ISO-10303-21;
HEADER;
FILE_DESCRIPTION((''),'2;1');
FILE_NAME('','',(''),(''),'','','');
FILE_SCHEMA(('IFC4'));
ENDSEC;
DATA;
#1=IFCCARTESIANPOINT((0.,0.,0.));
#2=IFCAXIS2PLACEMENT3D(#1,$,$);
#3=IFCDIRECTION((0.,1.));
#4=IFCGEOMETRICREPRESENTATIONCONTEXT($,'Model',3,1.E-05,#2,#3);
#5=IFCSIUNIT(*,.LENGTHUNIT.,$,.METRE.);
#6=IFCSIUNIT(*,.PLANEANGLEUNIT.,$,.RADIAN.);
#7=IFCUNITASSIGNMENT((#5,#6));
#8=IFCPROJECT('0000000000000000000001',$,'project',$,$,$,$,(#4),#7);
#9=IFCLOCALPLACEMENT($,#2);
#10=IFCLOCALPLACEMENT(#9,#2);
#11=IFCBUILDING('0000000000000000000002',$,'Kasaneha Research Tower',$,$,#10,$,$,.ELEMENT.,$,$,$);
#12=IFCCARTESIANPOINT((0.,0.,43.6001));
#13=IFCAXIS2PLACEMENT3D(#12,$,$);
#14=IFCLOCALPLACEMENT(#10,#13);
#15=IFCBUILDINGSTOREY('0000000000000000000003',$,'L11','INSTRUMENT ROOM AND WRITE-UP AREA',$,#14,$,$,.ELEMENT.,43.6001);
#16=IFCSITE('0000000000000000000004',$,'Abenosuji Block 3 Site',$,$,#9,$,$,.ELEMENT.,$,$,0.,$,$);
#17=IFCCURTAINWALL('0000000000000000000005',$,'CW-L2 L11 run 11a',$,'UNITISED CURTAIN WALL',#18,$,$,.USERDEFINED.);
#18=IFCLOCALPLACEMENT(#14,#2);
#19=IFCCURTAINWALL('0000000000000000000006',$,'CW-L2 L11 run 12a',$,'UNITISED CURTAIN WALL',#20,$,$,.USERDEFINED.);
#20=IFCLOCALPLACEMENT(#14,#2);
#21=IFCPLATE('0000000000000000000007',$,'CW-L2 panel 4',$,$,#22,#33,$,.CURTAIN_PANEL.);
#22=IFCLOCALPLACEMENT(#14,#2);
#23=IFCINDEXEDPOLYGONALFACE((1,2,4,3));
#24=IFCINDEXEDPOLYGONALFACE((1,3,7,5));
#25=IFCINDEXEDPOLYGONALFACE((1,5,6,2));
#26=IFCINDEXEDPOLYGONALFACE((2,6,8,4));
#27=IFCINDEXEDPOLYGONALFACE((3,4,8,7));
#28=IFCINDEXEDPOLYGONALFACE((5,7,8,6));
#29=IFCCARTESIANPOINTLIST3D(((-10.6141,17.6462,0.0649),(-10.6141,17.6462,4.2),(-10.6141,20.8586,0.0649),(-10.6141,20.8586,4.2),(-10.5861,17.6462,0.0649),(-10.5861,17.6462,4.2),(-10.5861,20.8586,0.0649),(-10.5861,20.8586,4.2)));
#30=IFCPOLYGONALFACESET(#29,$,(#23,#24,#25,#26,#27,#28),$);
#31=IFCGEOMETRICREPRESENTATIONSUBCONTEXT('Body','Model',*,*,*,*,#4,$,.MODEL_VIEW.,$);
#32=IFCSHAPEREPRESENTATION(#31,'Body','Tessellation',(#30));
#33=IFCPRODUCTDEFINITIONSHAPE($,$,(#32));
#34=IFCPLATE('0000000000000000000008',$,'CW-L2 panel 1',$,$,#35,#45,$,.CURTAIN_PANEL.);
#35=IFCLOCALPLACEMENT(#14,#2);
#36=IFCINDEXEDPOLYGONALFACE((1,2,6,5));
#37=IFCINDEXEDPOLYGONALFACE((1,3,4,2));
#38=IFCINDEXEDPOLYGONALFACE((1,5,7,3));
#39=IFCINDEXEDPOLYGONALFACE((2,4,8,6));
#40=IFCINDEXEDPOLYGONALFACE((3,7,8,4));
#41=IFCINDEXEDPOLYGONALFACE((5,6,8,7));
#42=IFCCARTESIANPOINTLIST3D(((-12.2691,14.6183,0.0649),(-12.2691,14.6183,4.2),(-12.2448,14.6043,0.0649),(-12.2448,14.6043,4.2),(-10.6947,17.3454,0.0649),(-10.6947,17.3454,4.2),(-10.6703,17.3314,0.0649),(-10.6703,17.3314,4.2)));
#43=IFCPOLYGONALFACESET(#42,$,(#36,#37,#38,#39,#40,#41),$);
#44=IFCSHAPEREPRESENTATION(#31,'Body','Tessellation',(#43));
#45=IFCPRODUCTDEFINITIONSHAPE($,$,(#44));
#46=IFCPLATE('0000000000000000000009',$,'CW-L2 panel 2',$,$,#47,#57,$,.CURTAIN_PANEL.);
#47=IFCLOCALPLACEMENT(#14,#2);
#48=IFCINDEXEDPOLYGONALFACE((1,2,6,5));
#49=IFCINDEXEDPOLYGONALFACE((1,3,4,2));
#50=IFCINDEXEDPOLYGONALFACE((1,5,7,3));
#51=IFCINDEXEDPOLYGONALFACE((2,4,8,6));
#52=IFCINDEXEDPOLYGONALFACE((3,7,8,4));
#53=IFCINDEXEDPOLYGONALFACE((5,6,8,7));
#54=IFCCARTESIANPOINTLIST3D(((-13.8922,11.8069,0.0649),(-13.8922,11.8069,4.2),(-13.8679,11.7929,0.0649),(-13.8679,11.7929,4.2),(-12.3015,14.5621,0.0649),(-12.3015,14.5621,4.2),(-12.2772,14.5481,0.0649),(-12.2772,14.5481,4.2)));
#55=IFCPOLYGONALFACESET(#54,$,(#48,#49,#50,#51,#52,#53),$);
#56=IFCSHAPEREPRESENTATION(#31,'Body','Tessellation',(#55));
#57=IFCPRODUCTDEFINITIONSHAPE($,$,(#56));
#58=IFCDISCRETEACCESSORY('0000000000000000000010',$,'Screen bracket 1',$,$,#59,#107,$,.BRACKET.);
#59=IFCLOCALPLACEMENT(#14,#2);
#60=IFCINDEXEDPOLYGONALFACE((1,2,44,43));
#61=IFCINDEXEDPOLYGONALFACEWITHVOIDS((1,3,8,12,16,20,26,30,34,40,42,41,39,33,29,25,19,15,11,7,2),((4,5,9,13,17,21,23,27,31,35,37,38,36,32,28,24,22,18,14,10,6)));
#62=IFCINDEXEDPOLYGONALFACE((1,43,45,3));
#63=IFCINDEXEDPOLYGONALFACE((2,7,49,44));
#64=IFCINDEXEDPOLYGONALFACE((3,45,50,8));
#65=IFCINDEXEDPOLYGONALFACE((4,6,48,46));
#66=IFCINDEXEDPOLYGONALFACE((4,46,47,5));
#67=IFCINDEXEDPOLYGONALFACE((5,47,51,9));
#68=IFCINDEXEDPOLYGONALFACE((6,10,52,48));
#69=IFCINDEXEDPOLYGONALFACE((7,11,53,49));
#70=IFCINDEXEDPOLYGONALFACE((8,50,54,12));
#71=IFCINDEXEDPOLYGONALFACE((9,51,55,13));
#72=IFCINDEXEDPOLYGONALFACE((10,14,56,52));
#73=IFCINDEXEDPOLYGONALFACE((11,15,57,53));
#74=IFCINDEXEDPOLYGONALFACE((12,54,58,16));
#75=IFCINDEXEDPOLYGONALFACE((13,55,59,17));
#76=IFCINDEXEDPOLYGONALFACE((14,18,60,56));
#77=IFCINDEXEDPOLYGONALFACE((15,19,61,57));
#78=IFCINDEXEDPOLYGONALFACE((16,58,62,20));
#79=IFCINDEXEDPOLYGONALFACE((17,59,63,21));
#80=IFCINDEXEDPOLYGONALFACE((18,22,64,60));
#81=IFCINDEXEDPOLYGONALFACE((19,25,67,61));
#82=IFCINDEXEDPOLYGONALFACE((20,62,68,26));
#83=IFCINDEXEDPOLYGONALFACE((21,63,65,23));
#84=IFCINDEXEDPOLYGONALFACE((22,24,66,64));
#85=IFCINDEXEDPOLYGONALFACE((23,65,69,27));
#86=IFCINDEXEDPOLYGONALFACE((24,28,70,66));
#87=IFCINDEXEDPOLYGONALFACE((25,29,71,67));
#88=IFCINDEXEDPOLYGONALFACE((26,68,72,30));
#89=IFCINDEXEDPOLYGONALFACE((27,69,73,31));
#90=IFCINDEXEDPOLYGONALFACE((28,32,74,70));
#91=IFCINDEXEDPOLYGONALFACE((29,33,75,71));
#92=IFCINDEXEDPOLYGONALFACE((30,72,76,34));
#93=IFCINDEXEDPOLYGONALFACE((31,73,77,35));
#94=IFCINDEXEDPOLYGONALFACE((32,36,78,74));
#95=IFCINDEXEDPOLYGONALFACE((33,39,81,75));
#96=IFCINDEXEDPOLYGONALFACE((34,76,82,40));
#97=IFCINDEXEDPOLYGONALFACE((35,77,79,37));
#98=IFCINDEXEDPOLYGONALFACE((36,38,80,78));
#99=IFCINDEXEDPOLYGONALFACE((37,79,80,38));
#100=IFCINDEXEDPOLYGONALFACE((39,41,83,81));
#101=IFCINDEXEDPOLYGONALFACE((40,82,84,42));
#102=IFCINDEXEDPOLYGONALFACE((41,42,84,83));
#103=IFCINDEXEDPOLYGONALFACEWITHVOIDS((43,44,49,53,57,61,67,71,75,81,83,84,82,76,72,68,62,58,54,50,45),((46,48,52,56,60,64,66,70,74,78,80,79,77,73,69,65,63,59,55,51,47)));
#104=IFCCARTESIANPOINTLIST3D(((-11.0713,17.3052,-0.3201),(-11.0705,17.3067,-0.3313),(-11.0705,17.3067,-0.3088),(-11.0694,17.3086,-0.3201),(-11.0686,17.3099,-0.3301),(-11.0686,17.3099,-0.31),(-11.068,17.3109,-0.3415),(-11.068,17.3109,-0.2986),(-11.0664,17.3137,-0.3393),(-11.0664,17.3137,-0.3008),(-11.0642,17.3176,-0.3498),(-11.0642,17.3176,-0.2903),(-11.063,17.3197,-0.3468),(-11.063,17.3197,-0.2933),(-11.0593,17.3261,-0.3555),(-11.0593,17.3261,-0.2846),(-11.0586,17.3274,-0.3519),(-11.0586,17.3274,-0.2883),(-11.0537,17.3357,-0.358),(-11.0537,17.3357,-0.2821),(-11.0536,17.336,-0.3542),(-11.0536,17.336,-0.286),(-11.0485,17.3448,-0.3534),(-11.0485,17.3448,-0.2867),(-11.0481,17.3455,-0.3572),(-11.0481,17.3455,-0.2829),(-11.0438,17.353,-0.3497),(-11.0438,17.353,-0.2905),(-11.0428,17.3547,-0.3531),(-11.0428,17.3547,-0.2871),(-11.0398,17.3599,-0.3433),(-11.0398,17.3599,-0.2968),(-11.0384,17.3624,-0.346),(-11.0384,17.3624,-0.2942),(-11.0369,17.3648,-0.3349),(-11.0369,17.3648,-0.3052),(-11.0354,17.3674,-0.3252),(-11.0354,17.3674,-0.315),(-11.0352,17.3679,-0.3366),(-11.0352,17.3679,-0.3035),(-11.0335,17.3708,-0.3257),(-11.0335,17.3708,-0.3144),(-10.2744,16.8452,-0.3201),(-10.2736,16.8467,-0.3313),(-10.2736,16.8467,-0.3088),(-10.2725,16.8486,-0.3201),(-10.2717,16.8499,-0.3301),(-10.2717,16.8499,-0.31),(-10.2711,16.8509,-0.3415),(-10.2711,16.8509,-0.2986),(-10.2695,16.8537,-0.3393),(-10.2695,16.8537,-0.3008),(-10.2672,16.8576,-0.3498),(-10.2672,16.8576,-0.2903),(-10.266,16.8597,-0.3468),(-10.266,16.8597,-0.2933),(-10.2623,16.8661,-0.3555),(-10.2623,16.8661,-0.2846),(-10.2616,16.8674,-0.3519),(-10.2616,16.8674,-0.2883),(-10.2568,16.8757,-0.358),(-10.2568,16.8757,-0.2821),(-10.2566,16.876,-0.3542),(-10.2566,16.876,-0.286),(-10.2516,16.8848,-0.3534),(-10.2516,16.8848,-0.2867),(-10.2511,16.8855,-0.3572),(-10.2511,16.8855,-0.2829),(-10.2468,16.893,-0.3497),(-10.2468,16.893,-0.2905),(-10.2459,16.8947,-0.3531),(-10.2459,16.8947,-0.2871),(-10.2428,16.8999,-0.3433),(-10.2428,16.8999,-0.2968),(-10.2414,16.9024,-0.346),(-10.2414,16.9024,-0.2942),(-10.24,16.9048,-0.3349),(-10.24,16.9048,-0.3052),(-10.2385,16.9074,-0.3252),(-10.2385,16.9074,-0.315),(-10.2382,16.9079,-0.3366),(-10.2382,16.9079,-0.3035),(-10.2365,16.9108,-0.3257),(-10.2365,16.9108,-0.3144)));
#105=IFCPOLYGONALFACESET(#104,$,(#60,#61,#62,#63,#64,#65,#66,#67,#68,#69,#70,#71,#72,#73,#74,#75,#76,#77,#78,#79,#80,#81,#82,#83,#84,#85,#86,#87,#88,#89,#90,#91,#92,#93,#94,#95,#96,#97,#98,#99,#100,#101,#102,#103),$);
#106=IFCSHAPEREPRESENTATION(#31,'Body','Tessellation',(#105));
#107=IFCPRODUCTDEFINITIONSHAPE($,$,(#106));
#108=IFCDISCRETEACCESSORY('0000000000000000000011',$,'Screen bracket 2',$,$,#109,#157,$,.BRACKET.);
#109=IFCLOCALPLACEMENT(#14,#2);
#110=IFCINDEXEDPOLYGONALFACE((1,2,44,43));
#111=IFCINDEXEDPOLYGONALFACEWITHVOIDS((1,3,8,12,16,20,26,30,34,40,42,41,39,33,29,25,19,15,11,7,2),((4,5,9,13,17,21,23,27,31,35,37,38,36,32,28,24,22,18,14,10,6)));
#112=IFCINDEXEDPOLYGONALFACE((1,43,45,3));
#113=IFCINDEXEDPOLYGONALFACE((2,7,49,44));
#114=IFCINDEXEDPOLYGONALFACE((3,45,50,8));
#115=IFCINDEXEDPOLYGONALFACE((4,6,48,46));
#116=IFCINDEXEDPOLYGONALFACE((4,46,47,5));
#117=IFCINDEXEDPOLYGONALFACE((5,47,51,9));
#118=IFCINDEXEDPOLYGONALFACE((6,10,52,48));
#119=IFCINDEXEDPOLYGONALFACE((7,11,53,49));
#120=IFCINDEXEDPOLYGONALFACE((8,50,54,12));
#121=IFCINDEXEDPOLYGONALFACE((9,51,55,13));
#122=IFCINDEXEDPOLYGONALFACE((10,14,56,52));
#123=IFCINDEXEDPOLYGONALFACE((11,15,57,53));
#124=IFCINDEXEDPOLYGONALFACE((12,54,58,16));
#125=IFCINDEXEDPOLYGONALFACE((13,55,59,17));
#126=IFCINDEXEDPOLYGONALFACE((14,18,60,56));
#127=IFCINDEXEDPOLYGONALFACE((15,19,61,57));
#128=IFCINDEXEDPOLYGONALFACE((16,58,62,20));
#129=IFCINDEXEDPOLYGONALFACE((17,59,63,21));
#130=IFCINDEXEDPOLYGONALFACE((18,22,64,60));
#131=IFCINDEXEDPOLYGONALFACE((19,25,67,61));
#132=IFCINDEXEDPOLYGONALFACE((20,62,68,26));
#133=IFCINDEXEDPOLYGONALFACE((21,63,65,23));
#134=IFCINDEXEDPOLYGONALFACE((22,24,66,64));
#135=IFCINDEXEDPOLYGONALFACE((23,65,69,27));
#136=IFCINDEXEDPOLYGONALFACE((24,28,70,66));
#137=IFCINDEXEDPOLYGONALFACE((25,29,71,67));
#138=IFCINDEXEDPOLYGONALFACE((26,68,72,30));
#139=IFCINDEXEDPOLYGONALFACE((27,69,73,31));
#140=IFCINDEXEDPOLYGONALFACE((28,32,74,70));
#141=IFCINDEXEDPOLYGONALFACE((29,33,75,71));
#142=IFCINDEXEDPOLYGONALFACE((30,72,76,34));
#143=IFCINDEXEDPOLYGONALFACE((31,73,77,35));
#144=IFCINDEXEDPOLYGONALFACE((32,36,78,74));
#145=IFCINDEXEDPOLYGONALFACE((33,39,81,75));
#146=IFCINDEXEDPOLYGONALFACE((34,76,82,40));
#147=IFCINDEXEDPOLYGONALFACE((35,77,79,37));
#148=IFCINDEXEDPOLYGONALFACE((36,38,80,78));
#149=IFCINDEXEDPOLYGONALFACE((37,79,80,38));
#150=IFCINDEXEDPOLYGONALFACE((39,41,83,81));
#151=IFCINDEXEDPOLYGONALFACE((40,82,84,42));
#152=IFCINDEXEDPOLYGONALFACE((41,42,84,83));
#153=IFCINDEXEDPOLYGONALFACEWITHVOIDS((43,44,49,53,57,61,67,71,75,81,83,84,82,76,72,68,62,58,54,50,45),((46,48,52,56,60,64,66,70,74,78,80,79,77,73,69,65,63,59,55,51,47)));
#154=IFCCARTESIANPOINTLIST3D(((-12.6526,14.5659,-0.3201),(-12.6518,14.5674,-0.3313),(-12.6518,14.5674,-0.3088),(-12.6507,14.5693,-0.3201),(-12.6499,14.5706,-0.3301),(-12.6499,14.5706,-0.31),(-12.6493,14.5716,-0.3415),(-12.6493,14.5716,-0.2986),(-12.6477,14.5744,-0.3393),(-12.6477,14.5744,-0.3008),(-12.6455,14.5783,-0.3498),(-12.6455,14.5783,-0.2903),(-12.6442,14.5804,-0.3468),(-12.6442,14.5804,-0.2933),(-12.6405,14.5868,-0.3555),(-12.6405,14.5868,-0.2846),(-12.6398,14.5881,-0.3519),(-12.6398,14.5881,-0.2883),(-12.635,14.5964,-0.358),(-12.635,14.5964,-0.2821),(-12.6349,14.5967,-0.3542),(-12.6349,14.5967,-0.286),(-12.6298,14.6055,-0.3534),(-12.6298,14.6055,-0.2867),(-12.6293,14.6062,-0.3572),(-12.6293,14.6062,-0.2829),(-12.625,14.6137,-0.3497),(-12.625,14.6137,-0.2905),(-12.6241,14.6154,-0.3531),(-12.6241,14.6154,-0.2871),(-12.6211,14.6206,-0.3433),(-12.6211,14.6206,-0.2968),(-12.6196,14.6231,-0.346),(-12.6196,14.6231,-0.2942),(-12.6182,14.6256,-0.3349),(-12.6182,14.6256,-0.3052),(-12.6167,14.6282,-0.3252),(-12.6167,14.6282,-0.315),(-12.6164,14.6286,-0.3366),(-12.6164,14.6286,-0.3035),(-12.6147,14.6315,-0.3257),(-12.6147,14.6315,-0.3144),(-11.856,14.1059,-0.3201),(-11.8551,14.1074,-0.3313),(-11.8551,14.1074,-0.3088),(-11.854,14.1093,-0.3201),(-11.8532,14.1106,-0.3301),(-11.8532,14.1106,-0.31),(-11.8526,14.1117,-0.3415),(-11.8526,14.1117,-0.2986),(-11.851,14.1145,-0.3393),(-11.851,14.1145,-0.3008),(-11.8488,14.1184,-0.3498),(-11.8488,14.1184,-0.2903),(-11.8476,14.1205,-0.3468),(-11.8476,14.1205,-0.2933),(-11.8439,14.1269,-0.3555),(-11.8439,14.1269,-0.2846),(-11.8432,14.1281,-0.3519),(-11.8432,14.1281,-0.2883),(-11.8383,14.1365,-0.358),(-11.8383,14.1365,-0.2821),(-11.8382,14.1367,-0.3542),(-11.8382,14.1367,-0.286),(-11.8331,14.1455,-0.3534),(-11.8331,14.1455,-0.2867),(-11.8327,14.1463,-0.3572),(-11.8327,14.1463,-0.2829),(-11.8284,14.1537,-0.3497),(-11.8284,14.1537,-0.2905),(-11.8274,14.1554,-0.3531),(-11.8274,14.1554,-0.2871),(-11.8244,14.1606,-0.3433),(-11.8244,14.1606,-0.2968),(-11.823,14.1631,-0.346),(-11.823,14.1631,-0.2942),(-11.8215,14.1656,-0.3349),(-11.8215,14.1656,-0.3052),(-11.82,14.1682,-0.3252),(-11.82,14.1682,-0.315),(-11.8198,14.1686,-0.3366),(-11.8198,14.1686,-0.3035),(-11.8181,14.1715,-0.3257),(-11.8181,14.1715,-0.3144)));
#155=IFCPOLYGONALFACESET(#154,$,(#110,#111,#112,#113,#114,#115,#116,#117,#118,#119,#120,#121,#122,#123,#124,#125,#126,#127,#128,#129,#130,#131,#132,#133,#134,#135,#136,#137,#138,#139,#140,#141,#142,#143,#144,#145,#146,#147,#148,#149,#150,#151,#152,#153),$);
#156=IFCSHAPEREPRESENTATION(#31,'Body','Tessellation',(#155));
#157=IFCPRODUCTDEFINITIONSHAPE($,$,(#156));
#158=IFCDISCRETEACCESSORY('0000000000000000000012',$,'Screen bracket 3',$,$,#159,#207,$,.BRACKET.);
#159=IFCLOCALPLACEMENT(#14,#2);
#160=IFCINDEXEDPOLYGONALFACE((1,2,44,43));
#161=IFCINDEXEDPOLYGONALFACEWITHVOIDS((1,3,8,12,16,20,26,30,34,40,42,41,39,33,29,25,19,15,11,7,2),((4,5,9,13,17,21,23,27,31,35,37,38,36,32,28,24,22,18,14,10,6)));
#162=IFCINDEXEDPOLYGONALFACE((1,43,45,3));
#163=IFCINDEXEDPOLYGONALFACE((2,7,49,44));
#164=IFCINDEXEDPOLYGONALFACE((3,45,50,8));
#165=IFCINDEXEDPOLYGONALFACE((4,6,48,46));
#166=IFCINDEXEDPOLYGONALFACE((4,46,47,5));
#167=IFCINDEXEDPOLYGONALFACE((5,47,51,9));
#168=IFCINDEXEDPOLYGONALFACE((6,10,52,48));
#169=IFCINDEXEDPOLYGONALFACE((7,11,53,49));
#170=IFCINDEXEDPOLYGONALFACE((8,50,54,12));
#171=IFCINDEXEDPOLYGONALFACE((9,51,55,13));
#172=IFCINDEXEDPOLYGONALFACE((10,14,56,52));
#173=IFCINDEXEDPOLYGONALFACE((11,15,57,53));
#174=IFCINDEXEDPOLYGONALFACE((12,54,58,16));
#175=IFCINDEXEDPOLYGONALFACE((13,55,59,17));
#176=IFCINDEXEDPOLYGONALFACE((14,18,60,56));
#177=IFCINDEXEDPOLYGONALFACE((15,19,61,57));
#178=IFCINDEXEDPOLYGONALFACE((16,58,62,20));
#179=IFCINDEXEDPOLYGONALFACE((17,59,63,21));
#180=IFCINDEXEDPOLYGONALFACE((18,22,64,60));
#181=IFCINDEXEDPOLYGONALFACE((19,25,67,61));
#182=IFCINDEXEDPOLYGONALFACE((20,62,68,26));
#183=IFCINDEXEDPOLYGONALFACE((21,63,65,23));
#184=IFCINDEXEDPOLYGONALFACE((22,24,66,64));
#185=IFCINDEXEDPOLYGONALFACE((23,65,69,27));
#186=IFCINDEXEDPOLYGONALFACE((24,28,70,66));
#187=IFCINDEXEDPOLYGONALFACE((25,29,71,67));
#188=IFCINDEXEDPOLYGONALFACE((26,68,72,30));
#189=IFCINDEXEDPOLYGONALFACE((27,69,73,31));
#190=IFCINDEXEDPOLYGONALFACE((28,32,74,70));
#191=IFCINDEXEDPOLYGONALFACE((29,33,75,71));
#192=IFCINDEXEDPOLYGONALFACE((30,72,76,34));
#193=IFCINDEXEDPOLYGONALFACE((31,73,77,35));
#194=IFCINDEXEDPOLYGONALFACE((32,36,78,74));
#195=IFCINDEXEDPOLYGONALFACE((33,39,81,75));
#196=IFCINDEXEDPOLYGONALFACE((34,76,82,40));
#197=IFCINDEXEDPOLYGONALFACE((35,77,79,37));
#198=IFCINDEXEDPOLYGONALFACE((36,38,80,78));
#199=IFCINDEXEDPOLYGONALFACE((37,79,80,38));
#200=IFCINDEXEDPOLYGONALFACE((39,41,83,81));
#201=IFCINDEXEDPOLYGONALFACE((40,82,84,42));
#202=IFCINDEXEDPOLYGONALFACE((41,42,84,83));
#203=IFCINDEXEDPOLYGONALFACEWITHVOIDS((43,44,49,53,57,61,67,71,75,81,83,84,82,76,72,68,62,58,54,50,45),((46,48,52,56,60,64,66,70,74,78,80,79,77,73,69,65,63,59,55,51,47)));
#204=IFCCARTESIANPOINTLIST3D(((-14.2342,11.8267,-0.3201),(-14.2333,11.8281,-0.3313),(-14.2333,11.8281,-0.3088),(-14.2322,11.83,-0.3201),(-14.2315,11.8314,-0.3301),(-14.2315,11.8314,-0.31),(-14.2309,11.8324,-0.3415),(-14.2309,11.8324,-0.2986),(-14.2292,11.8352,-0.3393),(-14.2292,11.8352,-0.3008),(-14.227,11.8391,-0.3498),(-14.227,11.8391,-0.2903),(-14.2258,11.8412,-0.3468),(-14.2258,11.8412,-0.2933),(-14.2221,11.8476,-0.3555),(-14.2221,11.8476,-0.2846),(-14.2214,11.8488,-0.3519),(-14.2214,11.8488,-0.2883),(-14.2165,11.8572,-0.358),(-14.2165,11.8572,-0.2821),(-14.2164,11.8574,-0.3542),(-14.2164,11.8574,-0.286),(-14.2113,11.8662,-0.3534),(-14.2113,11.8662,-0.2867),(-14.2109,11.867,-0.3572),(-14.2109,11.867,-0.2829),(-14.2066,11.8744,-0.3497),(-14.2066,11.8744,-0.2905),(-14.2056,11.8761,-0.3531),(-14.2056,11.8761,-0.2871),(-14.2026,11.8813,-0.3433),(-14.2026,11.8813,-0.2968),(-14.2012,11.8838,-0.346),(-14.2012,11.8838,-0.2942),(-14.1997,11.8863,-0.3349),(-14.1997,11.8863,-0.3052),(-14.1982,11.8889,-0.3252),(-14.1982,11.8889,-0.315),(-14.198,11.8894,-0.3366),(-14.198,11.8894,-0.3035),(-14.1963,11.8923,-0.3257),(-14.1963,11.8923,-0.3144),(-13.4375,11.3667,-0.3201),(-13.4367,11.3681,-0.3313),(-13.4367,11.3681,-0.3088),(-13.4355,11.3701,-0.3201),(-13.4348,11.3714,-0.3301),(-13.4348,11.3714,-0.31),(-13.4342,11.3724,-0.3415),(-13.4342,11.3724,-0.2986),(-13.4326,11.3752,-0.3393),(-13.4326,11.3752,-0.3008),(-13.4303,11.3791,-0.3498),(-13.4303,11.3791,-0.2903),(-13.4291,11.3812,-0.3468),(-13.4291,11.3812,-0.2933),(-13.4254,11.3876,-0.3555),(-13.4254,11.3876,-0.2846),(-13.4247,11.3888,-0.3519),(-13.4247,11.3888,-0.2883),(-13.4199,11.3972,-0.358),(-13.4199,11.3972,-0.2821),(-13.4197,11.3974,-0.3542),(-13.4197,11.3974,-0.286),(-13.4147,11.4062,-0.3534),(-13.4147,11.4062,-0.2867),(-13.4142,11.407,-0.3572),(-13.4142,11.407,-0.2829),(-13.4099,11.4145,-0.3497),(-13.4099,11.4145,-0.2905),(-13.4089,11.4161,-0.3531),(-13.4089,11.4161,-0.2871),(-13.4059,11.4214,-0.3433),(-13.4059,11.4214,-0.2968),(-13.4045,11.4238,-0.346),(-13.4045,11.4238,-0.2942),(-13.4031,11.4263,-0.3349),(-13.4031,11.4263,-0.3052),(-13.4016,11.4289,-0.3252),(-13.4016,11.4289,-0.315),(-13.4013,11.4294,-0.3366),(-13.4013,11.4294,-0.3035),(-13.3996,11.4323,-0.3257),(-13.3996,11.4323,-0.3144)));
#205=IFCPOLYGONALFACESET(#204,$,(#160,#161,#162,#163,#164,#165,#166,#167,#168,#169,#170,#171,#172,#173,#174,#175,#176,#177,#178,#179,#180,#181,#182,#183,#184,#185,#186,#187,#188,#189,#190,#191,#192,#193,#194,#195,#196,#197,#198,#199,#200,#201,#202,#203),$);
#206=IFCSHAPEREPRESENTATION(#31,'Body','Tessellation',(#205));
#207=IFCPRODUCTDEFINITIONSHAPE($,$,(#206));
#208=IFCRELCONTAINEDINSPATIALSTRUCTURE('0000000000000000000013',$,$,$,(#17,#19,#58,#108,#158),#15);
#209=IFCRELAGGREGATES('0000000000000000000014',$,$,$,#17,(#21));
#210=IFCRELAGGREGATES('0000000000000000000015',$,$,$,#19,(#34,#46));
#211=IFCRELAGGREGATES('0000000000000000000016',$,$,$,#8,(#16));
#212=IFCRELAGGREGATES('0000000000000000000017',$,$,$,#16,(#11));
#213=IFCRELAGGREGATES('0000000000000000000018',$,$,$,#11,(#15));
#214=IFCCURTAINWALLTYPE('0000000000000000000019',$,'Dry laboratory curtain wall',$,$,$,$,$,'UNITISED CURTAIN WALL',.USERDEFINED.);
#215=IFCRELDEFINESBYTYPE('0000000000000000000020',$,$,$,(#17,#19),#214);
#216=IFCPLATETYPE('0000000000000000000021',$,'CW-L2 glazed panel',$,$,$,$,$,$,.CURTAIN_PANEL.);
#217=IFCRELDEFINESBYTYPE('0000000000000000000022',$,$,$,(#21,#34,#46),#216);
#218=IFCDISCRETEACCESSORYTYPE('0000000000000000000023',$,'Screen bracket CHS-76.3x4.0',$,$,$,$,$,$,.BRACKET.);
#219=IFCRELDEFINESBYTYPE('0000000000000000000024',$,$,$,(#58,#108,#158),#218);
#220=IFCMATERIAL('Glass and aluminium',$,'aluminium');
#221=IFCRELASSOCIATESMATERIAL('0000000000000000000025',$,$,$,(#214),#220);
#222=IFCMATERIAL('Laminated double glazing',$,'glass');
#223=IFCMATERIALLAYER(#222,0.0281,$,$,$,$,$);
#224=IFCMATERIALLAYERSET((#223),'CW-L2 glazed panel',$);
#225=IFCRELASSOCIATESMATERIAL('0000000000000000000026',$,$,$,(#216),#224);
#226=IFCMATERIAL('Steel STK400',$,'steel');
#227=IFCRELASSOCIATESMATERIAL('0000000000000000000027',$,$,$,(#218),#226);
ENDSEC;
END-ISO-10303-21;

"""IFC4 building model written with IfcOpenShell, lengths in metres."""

from ifc_helpers import new_model, si_unit, direction, frame, origin, origin_2d, place, context, subcontext, project, spatial, rectangle, hollow_circle, extrude, material, layer, layer_set, material_profile, profile_set, type_object, element, aggregate, save


model = new_model("IFC4")

# Units and contexts
model_context = context("Model", 3, precision=1e-05, world=origin(), true_north=direction((0.0, 1.0)))
body_context = subcontext(model_context, "Body", "Model", "MODEL_VIEW")
ifc_project = project(units=[si_unit("LENGTHUNIT", "METRE"), si_unit("PLANEANGLEUNIT", "RADIAN")], contexts=[model_context])

# Site, building, storey
site_placement = place(None, origin())
site = spatial("IfcSite", under=ifc_project, at=site_placement, Name="Abenosuji Block 3 Site", CompositionType="ELEMENT", RefElevation=0.0)
building_placement = place(site_placement, origin())
building = spatial("IfcBuilding", under=site, at=building_placement, Name="Kasaneha Research Tower", CompositionType="ELEMENT")
storey_placement = place(building_placement, frame((0.0, 0.0, 43.6001)))
storey = spatial("IfcBuildingStorey", under=building, at=storey_placement, Name="L11", Description="INSTRUMENT ROOM AND WRITE-UP AREA", CompositionType="ELEMENT", Elevation=43.6001)

# Curtain walls
ifc_material_1 = material(Name="Glass and aluminium", Category="aluminium")
curtain_wall_type = type_object("IfcCurtainWallType", Name="Dry laboratory curtain wall", ElementType="UNITISED CURTAIN WALL", PredefinedType="USERDEFINED", material=ifc_material_1)
curtain_wall_1_placement = place(storey_placement, origin())
curtain_wall_1 = element("IfcCurtainWall", 1, at=curtain_wall_1_placement, inside=storey, type_object=curtain_wall_type, Name="CW-L2 L11 run 11a", ObjectType="UNITISED CURTAIN WALL", PredefinedType="USERDEFINED")
curtain_wall_2_placement = place(storey_placement, origin())
curtain_wall_2 = element("IfcCurtainWall", 2, at=curtain_wall_2_placement, inside=storey, type_object=curtain_wall_type, Name="CW-L2 L11 run 12a", ObjectType="UNITISED CURTAIN WALL", PredefinedType="USERDEFINED")

# Plates
ifc_material_2 = material(Name="Laminated double glazing", Category="glass")
ifc_layer = layer(ifc_material_2, 0.0281)
ifc_layer_set = layer_set([ifc_layer], Name="CW-L2 glazed panel")
plate_type = type_object("IfcPlateType", Name="CW-L2 glazed panel", PredefinedType="CURTAIN_PANEL", material=ifc_layer_set)
plate_1_placement = place(storey_placement, frame((-10.6001, 19.2524, 0.0649), z_axis=(0.0, 0.0, 1.0), x_axis=(0.0, -1.0, 0.0)))
plate_1 = element("IfcPlate", 3, at=plate_1_placement, type_object=plate_type, Name="CW-L2 panel 4", PredefinedType="CURTAIN_PANEL", context=body_context, shape_type="SweptSolid", body=[
    extrude(rectangle(XDim=3.2124, YDim=0.0281, at=origin_2d()), origin(), (0.0, 0.0, 1.0), 4.135),
])
aggregate(curtain_wall_1, [plate_1])
plate_2_placement = place(storey_placement, frame((-11.4697, 15.9749, 0.0649), z_axis=(0.0, 0.0, 1.0), x_axis=(-0.5, -0.866025, 0.0)))
plate_2 = element("IfcPlate", 4, at=plate_2_placement, type_object=plate_type, Name="CW-L2 panel 1", PredefinedType="CURTAIN_PANEL", context=body_context, shape_type="SweptSolid", body=[
    extrude(rectangle(XDim=3.1489, YDim=0.0281, at=origin_2d()), origin(), (0.0, 0.0, 1.0), 4.135),
])
plate_3_placement = place(storey_placement, frame((-13.0847, 13.1775, 0.0649), z_axis=(0.0, 0.0, 1.0), x_axis=(-0.5, -0.866025, 0.0)))
plate_3 = element("IfcPlate", 5, at=plate_3_placement, type_object=plate_type, Name="CW-L2 panel 2", PredefinedType="CURTAIN_PANEL", context=body_context, shape_type="SweptSolid", body=[
    extrude(rectangle(XDim=3.1814, YDim=0.0281, at=origin_2d()), origin(), (0.0, 0.0, 1.0), 4.135),
])
aggregate(curtain_wall_2, [plate_2, plate_3])

# Discrete accessories
ifc_material_3 = material(Name="Steel STK400", Category="steel")
ifc_material_profile_1 = material_profile(ifc_material_3, hollow_circle(Radius=0.0381, WallThickness=0.0039, at=origin_2d()), Name="CHS-76.3x4.0")
ifc_profile_set_1 = profile_set([ifc_material_profile_1], Name="Steel STK400")
discrete_accessory_type = type_object("IfcDiscreteAccessoryType", Name="Screen bracket CHS-76.3x4.0", PredefinedType="BRACKET", material=ifc_profile_set_1)
discrete_accessory_placement = place(storey_placement, frame((-10.2554, 16.8782, -0.3201), z_axis=(-0.86608, 0.499906, 0.0), x_axis=(-0.499906, -0.86608, 0.0)))
element("IfcDiscreteAccessory", 6, at=discrete_accessory_placement, inside=storey, type_object=discrete_accessory_type, Name="Screen bracket 1", PredefinedType="BRACKET", context=body_context, shape_type="SweptSolid", body=[
    extrude(hollow_circle(Radius=0.0381, WallThickness=0.0039, at=origin_2d()), origin(), (0.0, 0.0, 1.0), 0.9202),
])
for number, where, z_axis, x_axis, name in (
    (7, (-11.8369, 14.1389, -0.3201), (-0.866013, 0.500021, 0.0), (-0.500021, -0.866013, 0.0), "Screen bracket 2"),
    (8, (-13.4185, 11.3997, -0.3201), (-0.866013, 0.500021, 0.0), (-0.500021, -0.866013, 0.0), "Screen bracket 3"),
):
    element("IfcDiscreteAccessory", number, at=place(storey_placement, frame(where, z_axis=z_axis, x_axis=x_axis)), inside=storey, type_object=discrete_accessory_type, Name=name, PredefinedType="BRACKET", context=body_context, shape_type="SweptSolid", body=[
        extrude(hollow_circle(Radius=0.0381, WallThickness=0.0039, at=origin_2d()), origin(), (0.0, 0.0, 1.0), 0.9199),
    ])

save(model, "model.ifc")
